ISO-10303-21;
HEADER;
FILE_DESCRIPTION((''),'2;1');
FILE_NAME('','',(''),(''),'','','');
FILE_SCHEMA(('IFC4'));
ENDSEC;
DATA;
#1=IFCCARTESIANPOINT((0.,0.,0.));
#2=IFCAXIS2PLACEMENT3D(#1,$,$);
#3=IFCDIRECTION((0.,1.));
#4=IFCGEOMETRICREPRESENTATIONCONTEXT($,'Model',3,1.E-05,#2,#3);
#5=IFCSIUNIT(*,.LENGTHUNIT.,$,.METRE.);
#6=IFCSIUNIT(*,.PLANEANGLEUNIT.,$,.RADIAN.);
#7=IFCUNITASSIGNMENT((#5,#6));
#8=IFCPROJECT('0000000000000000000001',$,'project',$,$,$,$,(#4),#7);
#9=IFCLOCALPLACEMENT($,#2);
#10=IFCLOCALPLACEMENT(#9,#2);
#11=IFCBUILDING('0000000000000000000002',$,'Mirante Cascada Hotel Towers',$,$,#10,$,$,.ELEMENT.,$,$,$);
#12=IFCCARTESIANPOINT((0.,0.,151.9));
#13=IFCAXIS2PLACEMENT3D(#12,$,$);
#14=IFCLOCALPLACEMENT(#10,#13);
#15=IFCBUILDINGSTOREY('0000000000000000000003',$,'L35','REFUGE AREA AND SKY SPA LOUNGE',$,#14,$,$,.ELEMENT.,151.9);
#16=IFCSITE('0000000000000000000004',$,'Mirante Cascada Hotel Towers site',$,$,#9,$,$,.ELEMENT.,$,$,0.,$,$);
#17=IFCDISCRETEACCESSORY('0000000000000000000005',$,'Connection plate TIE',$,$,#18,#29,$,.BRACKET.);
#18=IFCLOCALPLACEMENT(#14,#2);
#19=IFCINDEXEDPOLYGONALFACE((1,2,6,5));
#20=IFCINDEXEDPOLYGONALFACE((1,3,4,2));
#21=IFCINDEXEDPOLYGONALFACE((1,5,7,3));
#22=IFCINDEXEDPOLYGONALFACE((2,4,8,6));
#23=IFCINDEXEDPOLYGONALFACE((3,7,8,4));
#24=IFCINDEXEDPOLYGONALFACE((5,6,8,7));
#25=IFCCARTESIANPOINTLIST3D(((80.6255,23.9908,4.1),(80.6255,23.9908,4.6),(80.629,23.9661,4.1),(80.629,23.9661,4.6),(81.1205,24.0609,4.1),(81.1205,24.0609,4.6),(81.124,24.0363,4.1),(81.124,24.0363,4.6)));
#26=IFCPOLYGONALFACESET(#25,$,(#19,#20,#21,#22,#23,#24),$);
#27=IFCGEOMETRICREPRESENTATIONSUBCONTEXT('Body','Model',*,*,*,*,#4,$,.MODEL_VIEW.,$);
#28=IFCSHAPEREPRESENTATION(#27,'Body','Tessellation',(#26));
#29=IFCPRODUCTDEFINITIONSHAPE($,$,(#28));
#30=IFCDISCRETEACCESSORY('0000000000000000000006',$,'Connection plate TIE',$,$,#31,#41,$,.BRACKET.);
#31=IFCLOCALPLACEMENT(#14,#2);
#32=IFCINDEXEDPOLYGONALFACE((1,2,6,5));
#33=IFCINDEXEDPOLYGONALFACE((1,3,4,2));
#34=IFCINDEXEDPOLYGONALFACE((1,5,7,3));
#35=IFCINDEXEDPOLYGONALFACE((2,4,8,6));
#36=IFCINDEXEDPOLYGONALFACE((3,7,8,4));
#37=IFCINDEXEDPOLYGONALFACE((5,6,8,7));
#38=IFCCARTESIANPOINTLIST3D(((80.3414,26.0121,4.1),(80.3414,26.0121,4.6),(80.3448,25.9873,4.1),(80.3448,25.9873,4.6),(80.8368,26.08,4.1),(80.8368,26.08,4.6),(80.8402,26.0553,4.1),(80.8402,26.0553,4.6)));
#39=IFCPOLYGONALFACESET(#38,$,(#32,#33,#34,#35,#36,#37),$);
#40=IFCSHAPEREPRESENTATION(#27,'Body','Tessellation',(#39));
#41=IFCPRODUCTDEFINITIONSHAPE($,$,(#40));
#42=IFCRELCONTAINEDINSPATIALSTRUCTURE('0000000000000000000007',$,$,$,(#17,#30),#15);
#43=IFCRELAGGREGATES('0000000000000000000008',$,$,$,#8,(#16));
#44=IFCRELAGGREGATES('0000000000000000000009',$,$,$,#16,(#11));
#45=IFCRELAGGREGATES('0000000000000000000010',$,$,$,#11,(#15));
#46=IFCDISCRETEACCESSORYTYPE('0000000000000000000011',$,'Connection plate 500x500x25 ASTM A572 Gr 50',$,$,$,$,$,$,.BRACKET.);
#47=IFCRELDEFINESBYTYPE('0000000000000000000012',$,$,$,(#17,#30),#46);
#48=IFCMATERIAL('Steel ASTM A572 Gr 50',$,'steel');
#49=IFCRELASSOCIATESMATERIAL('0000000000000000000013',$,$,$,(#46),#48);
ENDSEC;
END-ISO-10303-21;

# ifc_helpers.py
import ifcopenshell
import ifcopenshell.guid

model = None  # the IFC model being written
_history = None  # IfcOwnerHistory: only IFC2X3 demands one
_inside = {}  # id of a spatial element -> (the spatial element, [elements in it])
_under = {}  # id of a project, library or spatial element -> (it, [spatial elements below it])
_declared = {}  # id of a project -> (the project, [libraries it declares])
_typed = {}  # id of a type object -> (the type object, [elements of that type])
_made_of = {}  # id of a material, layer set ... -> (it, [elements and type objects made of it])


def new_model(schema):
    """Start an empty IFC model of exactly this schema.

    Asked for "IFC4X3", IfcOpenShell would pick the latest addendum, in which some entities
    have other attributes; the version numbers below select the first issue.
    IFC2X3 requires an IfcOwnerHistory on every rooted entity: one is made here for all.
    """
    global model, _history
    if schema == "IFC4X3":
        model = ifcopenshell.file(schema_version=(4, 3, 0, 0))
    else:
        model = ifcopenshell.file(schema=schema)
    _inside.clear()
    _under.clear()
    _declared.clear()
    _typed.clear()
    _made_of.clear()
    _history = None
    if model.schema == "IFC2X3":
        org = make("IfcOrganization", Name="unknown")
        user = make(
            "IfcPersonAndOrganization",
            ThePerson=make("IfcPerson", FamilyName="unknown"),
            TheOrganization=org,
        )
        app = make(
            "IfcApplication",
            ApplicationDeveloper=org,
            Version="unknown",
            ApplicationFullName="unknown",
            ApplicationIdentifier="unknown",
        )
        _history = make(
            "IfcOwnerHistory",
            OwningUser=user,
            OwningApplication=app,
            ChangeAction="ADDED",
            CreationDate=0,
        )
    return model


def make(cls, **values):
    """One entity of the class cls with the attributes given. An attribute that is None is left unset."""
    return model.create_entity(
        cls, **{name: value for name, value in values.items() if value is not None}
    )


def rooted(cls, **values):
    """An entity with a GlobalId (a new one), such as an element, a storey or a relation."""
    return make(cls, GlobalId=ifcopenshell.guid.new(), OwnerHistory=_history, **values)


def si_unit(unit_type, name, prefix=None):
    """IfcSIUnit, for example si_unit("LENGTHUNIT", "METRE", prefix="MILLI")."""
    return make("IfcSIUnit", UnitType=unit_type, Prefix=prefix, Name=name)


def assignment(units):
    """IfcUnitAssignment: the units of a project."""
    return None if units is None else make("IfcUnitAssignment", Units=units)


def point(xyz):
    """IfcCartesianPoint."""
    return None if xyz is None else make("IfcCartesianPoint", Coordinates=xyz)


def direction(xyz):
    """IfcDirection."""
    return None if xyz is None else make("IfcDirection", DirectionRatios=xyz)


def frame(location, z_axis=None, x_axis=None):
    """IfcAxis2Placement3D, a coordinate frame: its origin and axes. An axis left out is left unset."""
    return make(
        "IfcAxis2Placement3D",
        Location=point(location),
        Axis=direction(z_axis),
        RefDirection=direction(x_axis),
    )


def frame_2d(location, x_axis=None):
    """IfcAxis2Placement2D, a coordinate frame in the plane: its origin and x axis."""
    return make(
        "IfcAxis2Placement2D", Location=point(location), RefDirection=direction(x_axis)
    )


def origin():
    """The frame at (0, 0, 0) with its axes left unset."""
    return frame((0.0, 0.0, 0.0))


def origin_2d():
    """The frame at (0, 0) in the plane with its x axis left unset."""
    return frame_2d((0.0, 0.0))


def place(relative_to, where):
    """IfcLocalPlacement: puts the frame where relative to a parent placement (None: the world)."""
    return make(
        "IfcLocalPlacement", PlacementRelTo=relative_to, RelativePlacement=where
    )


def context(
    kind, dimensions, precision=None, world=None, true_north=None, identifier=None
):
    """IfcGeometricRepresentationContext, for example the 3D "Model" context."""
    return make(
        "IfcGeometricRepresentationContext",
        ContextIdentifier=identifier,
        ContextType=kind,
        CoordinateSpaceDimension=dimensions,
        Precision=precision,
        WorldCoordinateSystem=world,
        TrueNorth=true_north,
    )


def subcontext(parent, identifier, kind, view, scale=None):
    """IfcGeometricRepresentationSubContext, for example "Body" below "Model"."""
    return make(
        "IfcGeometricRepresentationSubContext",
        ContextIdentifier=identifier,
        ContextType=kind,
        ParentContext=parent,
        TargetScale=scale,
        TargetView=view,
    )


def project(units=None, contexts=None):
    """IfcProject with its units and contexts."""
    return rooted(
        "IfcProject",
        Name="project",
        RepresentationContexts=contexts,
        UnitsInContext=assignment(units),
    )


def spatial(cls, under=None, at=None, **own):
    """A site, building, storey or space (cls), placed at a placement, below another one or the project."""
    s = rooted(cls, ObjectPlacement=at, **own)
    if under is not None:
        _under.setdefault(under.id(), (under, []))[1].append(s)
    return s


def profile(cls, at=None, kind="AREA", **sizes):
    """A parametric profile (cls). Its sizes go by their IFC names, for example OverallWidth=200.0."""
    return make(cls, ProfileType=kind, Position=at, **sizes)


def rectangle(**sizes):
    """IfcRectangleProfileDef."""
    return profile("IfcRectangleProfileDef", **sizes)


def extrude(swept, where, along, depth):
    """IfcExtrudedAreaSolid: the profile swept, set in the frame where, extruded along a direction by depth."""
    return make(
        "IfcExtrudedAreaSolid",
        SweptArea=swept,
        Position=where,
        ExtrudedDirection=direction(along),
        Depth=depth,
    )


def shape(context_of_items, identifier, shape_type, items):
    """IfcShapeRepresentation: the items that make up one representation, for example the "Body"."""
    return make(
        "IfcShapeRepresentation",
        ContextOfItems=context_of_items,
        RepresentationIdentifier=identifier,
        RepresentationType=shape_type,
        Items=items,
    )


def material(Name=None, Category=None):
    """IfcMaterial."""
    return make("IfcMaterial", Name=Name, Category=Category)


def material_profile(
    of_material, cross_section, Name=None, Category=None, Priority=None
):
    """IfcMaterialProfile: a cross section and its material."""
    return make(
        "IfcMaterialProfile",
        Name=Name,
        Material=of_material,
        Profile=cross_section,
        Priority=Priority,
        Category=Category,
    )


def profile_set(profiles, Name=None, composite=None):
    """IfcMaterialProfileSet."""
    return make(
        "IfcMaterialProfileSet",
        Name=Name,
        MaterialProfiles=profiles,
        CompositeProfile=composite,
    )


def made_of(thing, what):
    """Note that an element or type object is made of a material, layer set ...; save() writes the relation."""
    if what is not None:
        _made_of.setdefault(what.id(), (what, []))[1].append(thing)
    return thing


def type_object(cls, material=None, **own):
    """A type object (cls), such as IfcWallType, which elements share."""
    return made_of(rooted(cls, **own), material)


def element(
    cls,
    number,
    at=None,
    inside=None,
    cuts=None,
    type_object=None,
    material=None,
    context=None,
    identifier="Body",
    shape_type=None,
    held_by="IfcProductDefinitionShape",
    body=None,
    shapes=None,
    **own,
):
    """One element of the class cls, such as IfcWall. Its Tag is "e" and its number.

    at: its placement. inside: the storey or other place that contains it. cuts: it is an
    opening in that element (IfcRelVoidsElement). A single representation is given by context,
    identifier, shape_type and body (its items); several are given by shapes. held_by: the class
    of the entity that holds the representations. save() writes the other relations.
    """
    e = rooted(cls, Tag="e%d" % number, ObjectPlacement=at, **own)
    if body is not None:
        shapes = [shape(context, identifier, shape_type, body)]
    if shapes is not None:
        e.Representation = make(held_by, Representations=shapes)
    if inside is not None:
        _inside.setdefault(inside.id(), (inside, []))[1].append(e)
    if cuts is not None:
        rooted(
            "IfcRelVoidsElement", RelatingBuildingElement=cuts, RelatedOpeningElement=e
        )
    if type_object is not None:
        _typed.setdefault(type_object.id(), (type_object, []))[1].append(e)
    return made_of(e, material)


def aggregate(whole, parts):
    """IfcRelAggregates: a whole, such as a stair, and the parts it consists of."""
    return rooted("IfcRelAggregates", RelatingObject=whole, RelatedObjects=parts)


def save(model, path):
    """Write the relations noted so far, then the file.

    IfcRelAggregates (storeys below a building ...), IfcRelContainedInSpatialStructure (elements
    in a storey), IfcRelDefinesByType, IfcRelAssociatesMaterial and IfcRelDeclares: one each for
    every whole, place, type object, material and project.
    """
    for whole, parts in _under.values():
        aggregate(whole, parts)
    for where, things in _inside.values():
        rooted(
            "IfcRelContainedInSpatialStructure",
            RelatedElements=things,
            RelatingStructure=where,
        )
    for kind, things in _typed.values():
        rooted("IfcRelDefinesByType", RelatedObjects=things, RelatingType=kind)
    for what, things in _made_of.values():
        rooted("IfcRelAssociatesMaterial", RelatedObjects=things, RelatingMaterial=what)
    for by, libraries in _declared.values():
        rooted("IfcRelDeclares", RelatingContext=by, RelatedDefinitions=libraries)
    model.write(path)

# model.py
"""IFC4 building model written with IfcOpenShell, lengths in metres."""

from ifc_helpers import new_model, si_unit, direction, frame, origin, origin_2d, place, context, subcontext, project, spatial, rectangle, extrude, material, material_profile, profile_set, type_object, element, save


model = new_model("IFC4")

# Units and contexts
model_context = context("Model", 3, precision=1e-05, world=origin(), true_north=direction((0.0, 1.0)))
body_context = subcontext(model_context, "Body", "Model", "MODEL_VIEW")
ifc_project = project(units=[si_unit("LENGTHUNIT", "METRE"), si_unit("PLANEANGLEUNIT", "RADIAN")], contexts=[model_context])

# Site, building, storey
site_placement = place(None, origin())
site = spatial("IfcSite", under=ifc_project, at=site_placement, Name="Mirante Cascada Hotel Towers site", CompositionType="ELEMENT", RefElevation=0.0)
building_placement = place(site_placement, origin())
building = spatial("IfcBuilding", under=site, at=building_placement, Name="Mirante Cascada Hotel Towers", CompositionType="ELEMENT")
storey_placement = place(building_placement, frame((0.0, 0.0, 151.9)))
storey = spatial("IfcBuildingStorey", under=building, at=storey_placement, Name="L35", Description="REFUGE AREA AND SKY SPA LOUNGE", CompositionType="ELEMENT", Elevation=151.9)

# Discrete accessories
ifc_material_1 = material(Name="Steel ASTM A572 Gr 50", Category="steel")
ifc_material_profile_1 = material_profile(ifc_material_1, rectangle(XDim=0.5, YDim=0.5, at=origin_2d()), Name="Connection plate 500x500x25 ASTM A572 Gr 50")
ifc_profile_set_1 = profile_set([ifc_material_profile_1], Name="Steel ASTM A572 Gr 50")
discrete_accessory_type_1 = type_object("IfcDiscreteAccessoryType", Name="Connection plate 500x500x25 ASTM A572 Gr 50", PredefinedType="BRACKET", material=ifc_profile_set_1)
for number, where, z_axis, x_axis, name in (
    (1, (80.8765, 24.0012, 4.35), (-0.140299, 0.990109, 0.0), (-0.990109, -0.140299, 0.0), "Connection plate TIE"),
):
    element("IfcDiscreteAccessory", number, at=place(storey_placement, frame(where, z_axis=z_axis, x_axis=x_axis)), inside=storey, type_object=discrete_accessory_type_1, Name=name, PredefinedType="BRACKET", context=body_context, shape_type="SweptSolid", body=[
        extrude(rectangle(XDim=0.5, YDim=0.5, at=origin_2d()), origin(), (0.0, 0.0, 1.0), 0.0249),
    ])
discrete_accessory_1_placement = place(storey_placement, frame((80.5925, 26.0213, 4.35), z_axis=(-0.135826, 0.990733, 0.0), x_axis=(-0.990733, -0.135826, 0.0)))
element("IfcDiscreteAccessory", 2, at=discrete_accessory_1_placement, inside=storey, type_object=discrete_accessory_type_1, Name="Connection plate TIE", PredefinedType="BRACKET", context=body_context, shape_type="SweptSolid", body=[
    extrude(rectangle(XDim=0.5, YDim=0.5, at=origin_2d()), origin(), (0.0, 0.0, 1.0), 0.025),
])

save(model, "model.ifc")
